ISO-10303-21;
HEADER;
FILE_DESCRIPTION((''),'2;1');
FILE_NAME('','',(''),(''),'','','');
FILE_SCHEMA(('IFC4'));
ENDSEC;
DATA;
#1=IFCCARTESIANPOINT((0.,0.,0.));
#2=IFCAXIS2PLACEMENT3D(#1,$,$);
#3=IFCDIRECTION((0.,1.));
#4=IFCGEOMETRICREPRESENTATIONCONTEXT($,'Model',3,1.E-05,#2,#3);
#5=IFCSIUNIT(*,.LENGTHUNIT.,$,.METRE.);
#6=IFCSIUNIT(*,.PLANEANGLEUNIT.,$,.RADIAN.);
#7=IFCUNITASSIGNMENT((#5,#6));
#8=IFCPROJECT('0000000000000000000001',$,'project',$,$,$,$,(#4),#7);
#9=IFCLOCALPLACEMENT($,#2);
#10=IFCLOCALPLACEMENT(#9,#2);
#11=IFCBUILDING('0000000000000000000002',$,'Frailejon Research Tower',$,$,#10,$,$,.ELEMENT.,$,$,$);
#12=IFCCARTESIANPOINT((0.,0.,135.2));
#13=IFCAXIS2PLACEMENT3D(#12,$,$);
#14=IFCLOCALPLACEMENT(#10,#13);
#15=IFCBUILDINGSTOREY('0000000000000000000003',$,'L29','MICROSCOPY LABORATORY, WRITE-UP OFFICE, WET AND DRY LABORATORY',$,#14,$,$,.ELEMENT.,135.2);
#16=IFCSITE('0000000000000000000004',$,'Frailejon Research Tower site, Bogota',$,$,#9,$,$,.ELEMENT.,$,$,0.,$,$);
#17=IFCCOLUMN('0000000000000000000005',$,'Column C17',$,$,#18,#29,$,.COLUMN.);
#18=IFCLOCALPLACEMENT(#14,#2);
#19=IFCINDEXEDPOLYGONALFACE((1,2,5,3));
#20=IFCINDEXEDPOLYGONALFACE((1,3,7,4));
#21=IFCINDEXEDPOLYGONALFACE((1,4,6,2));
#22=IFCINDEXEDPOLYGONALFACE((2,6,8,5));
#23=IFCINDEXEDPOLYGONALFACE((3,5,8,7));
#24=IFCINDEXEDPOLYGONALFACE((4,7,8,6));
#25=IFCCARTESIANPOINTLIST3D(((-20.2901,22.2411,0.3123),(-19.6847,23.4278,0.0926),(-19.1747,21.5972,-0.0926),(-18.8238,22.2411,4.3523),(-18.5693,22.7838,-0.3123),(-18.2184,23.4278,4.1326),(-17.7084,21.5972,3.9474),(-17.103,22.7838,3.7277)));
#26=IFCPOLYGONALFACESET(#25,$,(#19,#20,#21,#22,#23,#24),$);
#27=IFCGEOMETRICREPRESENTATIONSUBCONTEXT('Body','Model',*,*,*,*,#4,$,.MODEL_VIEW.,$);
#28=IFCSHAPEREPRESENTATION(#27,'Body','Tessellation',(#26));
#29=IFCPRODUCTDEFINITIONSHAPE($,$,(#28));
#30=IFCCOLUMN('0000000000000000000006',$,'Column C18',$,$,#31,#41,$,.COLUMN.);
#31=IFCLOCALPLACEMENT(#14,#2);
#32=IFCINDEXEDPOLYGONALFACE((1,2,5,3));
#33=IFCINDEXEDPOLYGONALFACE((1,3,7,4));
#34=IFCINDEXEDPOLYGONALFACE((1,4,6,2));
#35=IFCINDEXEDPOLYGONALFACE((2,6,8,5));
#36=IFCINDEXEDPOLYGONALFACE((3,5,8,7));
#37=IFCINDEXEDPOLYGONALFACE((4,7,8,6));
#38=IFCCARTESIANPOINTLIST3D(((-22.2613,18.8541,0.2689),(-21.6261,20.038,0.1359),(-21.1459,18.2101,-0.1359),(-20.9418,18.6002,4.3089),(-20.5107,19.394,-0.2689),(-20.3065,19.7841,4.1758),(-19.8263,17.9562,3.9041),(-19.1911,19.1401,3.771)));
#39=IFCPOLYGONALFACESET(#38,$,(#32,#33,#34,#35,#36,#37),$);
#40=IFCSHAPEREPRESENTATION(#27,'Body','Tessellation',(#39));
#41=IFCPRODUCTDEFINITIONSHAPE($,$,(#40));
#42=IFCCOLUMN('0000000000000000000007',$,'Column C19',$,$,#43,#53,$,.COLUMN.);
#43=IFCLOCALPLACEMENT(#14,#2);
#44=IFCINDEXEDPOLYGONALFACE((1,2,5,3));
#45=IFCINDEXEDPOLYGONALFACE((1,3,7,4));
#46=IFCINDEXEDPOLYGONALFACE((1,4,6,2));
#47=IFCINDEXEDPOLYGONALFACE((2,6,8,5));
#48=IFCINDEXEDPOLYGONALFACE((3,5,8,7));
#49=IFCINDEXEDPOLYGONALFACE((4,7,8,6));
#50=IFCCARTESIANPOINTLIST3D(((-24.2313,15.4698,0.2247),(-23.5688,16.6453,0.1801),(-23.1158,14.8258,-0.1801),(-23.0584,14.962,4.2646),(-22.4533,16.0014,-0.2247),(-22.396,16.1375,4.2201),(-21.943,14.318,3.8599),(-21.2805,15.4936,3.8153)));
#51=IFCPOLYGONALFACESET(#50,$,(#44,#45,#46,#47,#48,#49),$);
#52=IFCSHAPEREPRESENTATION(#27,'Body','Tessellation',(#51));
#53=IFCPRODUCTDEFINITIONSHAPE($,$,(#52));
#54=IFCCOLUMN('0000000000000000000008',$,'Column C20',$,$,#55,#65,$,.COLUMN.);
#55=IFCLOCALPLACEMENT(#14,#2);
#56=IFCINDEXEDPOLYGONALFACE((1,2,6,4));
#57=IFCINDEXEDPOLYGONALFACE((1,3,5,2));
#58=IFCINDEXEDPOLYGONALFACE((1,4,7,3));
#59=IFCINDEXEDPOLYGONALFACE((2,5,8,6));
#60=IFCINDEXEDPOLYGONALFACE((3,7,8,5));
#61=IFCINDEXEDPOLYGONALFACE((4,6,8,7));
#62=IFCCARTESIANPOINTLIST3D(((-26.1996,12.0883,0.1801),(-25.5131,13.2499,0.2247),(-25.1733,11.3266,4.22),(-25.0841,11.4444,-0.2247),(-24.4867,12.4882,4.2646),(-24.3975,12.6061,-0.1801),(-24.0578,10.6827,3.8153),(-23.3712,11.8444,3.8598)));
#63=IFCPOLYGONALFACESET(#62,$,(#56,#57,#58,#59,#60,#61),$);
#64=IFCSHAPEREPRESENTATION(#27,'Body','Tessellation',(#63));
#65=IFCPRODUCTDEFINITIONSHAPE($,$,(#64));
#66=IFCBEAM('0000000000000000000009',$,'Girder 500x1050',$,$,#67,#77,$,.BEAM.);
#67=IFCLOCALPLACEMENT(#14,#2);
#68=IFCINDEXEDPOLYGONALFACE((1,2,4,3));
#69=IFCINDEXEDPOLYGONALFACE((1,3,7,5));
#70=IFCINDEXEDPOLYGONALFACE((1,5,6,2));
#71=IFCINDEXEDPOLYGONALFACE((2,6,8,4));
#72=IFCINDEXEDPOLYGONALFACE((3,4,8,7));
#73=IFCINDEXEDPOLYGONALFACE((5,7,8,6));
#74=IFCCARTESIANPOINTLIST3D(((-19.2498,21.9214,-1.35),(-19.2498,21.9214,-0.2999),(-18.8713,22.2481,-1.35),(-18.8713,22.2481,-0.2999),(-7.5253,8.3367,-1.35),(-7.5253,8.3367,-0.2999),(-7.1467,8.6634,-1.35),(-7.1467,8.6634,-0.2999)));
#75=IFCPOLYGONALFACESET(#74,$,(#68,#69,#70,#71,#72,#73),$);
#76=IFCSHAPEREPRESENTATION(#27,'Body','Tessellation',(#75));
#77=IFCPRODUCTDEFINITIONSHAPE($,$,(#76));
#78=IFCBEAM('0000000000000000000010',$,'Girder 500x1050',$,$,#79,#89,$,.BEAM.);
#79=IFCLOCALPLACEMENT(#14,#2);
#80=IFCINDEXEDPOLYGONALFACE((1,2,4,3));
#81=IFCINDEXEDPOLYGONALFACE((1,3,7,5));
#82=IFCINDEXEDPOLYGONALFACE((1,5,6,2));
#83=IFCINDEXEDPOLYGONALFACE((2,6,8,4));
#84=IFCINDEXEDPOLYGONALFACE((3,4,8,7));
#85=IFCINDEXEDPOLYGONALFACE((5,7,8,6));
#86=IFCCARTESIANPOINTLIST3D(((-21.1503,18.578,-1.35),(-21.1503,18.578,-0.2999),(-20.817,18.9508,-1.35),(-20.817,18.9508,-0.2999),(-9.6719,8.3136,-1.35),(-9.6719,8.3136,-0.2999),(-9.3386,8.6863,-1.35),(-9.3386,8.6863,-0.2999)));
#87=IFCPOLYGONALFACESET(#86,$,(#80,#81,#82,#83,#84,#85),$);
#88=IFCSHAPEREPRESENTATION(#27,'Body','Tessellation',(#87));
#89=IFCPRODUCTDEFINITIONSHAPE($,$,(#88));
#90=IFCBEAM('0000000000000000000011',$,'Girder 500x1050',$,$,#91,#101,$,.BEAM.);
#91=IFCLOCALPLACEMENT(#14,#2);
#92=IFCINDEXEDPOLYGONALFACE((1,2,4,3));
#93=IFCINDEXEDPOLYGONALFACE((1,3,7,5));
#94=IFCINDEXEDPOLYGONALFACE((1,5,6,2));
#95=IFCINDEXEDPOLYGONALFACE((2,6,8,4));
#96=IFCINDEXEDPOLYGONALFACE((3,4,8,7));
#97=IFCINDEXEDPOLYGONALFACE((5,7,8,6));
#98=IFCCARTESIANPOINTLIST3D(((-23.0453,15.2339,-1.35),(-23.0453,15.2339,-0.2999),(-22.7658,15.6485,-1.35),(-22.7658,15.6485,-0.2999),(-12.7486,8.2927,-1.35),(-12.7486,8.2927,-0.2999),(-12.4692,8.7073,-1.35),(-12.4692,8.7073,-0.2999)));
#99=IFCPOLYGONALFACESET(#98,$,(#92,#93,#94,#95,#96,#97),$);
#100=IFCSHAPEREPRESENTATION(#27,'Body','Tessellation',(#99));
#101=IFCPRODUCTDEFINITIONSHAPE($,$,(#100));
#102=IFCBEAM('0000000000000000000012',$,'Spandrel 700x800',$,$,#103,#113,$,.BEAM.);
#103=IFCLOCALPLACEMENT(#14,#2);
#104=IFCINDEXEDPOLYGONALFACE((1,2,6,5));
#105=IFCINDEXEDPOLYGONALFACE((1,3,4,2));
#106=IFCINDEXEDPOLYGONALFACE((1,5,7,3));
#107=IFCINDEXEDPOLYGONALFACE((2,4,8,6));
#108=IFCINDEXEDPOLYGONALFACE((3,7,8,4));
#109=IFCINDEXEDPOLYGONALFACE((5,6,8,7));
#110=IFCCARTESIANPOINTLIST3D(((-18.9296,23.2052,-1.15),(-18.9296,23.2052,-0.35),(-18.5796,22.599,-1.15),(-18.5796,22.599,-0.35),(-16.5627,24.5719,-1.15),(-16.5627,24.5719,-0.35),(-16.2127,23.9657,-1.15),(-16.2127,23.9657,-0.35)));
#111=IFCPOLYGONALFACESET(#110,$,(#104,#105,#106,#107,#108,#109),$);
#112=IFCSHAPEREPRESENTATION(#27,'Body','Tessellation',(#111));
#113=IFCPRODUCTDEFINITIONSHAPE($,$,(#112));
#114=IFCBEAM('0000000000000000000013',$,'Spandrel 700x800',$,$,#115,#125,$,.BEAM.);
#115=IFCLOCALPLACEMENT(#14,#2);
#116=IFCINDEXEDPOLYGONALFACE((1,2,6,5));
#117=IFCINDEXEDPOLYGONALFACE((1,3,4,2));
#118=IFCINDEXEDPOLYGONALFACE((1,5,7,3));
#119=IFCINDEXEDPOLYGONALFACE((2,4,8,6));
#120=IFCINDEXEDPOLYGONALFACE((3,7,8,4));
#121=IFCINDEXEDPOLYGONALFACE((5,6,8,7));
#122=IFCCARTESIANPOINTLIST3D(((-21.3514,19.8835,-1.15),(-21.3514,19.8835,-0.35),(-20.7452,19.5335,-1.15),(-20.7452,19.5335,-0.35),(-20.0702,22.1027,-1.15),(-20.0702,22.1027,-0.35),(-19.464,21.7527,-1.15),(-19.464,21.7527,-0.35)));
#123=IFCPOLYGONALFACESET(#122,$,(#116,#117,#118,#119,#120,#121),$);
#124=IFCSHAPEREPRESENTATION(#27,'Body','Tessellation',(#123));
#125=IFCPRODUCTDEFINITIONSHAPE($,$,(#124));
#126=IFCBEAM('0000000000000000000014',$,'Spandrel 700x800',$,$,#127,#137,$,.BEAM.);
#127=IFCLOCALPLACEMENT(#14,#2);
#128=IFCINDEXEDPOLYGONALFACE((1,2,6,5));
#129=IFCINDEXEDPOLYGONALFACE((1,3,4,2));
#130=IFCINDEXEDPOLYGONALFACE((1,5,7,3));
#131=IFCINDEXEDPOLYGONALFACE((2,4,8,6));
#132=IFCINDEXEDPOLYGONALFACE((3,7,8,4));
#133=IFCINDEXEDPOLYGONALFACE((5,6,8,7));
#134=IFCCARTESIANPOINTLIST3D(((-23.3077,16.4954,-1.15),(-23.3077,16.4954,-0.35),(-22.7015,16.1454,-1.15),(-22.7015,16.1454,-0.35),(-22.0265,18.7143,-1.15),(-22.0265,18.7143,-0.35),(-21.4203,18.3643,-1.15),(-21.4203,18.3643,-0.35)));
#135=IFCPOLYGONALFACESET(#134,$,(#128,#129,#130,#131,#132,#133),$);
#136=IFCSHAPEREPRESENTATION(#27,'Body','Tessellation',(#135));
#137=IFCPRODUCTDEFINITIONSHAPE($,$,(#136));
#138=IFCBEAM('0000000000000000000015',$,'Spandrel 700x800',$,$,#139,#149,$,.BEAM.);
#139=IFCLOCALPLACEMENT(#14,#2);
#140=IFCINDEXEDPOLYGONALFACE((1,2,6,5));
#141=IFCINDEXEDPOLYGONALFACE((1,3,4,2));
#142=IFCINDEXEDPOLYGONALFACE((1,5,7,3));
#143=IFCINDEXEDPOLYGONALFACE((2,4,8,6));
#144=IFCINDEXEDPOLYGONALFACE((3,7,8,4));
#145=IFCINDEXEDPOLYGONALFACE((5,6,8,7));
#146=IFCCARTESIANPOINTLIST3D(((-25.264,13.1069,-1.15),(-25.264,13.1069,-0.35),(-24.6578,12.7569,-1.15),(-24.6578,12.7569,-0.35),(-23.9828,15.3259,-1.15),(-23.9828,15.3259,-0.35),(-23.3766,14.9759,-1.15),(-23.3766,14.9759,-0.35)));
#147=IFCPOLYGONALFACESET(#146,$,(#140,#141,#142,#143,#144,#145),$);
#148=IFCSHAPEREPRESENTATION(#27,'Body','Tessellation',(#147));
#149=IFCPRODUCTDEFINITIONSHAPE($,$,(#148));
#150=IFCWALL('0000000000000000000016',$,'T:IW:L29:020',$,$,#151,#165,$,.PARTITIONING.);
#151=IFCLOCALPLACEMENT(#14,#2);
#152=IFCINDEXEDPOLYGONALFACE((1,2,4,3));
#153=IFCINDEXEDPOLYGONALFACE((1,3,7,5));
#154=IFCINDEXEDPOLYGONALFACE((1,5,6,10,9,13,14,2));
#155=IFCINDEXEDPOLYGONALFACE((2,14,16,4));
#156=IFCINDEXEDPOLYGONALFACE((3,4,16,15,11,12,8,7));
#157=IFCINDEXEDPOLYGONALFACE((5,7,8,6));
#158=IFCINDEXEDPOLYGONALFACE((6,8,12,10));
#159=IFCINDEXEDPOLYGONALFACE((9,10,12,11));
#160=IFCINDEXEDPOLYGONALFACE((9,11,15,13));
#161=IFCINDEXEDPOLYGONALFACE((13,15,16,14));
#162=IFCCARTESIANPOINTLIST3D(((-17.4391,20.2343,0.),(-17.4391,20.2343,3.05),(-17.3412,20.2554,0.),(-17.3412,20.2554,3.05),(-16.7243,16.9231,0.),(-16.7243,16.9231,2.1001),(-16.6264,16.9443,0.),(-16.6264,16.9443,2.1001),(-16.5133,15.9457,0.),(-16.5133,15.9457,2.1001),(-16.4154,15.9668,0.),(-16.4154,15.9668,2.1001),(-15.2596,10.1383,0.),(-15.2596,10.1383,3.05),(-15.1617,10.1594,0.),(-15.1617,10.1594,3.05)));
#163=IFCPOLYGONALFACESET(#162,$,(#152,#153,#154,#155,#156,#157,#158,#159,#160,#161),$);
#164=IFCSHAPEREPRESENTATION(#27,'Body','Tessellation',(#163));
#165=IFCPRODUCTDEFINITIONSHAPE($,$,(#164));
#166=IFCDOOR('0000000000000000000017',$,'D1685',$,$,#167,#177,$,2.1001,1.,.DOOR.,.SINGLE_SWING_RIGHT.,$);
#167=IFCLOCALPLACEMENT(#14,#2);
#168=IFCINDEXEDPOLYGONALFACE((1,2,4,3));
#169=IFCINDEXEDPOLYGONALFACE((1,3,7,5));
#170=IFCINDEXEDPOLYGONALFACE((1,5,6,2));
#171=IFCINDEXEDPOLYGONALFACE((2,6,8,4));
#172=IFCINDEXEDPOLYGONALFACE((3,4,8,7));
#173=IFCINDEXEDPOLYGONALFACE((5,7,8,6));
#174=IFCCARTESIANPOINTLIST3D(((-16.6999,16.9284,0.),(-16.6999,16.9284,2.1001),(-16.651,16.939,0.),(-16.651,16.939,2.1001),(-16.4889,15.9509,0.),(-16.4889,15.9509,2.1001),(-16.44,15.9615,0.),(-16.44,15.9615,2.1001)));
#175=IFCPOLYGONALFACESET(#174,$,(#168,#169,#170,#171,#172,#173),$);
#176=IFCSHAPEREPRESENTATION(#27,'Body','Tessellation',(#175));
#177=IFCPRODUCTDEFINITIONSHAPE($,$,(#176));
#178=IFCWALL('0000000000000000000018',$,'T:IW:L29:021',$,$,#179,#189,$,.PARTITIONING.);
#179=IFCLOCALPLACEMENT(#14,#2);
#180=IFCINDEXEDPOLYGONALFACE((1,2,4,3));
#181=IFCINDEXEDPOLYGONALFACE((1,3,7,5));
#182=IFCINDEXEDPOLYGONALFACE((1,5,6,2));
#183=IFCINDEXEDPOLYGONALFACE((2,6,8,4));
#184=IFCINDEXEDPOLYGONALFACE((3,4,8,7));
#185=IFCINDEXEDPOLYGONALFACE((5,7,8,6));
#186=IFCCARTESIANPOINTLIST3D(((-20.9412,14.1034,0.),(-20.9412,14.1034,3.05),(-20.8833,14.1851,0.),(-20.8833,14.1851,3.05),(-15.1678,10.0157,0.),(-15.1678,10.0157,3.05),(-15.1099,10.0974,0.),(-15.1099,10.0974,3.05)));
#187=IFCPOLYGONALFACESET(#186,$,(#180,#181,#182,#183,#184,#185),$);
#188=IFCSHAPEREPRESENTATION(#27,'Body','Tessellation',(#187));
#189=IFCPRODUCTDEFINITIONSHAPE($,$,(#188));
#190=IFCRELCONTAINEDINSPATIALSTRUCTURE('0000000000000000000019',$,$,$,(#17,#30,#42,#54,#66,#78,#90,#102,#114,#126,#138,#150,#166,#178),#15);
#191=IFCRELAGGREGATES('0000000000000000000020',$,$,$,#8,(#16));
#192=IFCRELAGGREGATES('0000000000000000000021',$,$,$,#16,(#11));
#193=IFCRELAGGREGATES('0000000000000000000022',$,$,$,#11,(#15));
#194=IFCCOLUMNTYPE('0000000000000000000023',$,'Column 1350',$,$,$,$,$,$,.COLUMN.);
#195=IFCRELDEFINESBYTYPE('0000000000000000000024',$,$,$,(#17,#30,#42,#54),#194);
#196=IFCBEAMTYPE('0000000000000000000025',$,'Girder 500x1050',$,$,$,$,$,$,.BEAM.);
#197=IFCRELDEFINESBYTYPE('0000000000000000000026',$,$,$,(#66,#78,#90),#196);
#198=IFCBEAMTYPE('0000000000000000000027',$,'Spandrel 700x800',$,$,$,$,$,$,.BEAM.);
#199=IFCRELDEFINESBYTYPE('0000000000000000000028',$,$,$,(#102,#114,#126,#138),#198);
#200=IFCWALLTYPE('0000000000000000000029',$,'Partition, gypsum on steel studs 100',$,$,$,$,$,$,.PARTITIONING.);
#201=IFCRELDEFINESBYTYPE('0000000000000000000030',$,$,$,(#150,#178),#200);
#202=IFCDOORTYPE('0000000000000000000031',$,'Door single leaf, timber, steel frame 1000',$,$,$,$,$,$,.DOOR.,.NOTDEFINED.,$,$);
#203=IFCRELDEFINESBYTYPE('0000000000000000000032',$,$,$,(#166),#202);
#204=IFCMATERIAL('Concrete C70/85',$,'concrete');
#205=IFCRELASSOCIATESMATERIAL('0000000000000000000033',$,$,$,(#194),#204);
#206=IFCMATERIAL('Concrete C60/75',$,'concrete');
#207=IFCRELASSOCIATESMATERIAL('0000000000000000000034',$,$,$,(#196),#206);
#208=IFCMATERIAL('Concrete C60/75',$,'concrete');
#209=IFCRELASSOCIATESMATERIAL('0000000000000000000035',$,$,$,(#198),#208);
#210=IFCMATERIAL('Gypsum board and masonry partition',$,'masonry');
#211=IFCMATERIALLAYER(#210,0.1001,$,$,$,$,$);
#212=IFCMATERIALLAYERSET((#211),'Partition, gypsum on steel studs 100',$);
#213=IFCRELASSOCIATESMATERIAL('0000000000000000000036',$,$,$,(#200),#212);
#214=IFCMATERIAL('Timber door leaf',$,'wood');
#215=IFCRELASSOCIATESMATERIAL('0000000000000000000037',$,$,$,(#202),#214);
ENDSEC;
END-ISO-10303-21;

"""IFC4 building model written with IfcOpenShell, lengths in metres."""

from ifc_helpers import new_model, si_unit, direction, frame, frame_2d, origin, origin_2d, place, context, subcontext, project, spatial, rectangle, extrude, material, layer, layer_set, material_profile, profile_set, type_object, element, fill, save


model = new_model("IFC4")

# Units and contexts
model_context = context("Model", 3, precision=1e-05, world=origin(), true_north=direction((0.0, 1.0)))
body_context = subcontext(model_context, "Body", "Model", "MODEL_VIEW")
ifc_project = project(units=[si_unit("LENGTHUNIT", "METRE"), si_unit("PLANEANGLEUNIT", "RADIAN")], contexts=[model_context])

# Site, building, storey
site_placement = place(None, origin())
site = spatial("IfcSite", under=ifc_project, at=site_placement, Name="Frailejon Research Tower site, Bogota", CompositionType="ELEMENT", RefElevation=0.0)
building_placement = place(site_placement, origin())
building = spatial("IfcBuilding", under=site, at=building_placement, Name="Frailejon Research Tower", CompositionType="ELEMENT")
storey_placement = place(building_placement, frame((0.0, 0.0, 135.2)))
storey = spatial("IfcBuildingStorey", under=building, at=storey_placement, Name="L29", Description="MICROSCOPY LABORATORY, WRITE-UP OFFICE, WET AND DRY LABORATORY", CompositionType="ELEMENT", Elevation=135.2)

# Columns
ifc_material_1 = material(Name="Concrete C70/85", Category="concrete")
ifc_material_profile_1 = material_profile(ifc_material_1, rectangle(XDim=1.3501, YDim=1.3501, at=origin_2d()), Name="Column 1350")
ifc_profile_set_1 = profile_set([ifc_material_profile_1], Name="Concrete C70/85")
column_type = type_object("IfcColumnType", Name="Column 1350", PredefinedType="COLUMN", material=ifc_profile_set_1)
column_1_placement = place(storey_placement, frame((-19.4297, 22.5125, 0.0), z_axis=(0.341168, 0.0, 0.940002), x_axis=(-0.44838, -0.878904, 0.162737)))
element("IfcColumn", 1, at=column_1_placement, inside=storey, type_object=column_type, Name="Column C17", PredefinedType="COLUMN", context=body_context, shape_type="SweptSolid", body=[
    extrude(rectangle(XDim=1.3501, YDim=1.3501, at=origin_2d()), origin(), (0.0, 0.0, 1.0), 4.2979),
])
column_2_placement = place(storey_placement, frame((-21.386, 19.124, 0.0), z_axis=(0.309931, -0.059635, 0.948887), x_axis=(-0.470499, -0.876878, 0.098567)))
element("IfcColumn", 2, at=column_2_placement, inside=storey, type_object=column_type, Name="Column C18", PredefinedType="COLUMN", context=body_context, shape_type="SweptSolid", body=[
    extrude(rectangle(XDim=1.3501, YDim=1.3501, at=origin_2d()), origin(), (0.0, 0.0, 1.0), 4.2576),
])
for number, where, z_axis, x_axis, name in (
    (3, (-23.3423, 15.7356, 0.0), (0.276787, -0.119841, 0.953429), (-0.490682, -0.870713, 0.033004), "Column C19"),
    (4, (-25.2986, 12.3472, 0.0), (0.242216, -0.179761, 0.953424), (-0.508553, -0.860397, -0.033024), "Column C20"),
):
    element("IfcColumn", number, at=place(storey_placement, frame(where, z_axis=z_axis, x_axis=x_axis)), inside=storey, type_object=column_type, Name=name, PredefinedType="COLUMN", context=body_context, shape_type="SweptSolid", body=[
        extrude(rectangle(XDim=1.3501, YDim=1.3501, at=origin_2d()), origin(), (0.0, 0.0, 1.0), 4.2373),
    ])

# Beams
ifc_material_2 = material(Name="Concrete C60/75", Category="concrete")
ifc_material_profile_2 = material_profile(ifc_material_2, rectangle(XDim=0.5, YDim=1.05, at=origin_2d()), Name="Girder 500x1050")
ifc_profile_set_2 = profile_set([ifc_material_profile_2], Name="Concrete C60/75")
beam_type_1 = type_object("IfcBeamType", Name="Girder 500x1050", PredefinedType="BEAM", material=ifc_profile_set_2)
beam_1_placement = place(storey_placement, frame((-19.0605, 22.0847, -0.825), z_axis=(0.653376, -0.757034, 0.0), x_axis=(0.757034, 0.653376, 0.0)))
element("IfcBeam", 5, at=beam_1_placement, inside=storey, type_object=beam_type_1, Name="Girder 500x1050", PredefinedType="BEAM", context=body_context, shape_type="SweptSolid", body=[
    extrude(rectangle(XDim=0.5, YDim=1.05, at=origin_2d()), origin(), (0.0, 0.0, 1.0), 17.9446),
])
beam_2_placement = place(storey_placement, frame((-20.9836, 18.7644, -0.825), z_axis=(0.745423, -0.666592, 0.0), x_axis=(0.666592, 0.745423, 0.0)))
element("IfcBeam", 6, at=beam_2_placement, inside=storey, type_object=beam_type_1, Name="Girder 500x1050", PredefinedType="BEAM", context=body_context, shape_type="SweptSolid", body=[
    extrude(rectangle(XDim=0.5, YDim=1.05, at=origin_2d()), origin(), (0.0, 0.0, 1.0), 15.3984),
])
beam_3_placement = place(storey_placement, frame((-22.9055, 15.4412, -0.825), z_axis=(0.829187, -0.558971, 0.0), x_axis=(0.558971, 0.829187, 0.0)))
element("IfcBeam", 7, at=beam_3_placement, inside=storey, type_object=beam_type_1, Name="Girder 500x1050", PredefinedType="BEAM", context=body_context, shape_type="SweptSolid", body=[
    extrude(rectangle(XDim=0.5, YDim=1.05, at=origin_2d()), origin(), (0.0, 0.0, 1.0), 12.4177),
])
ifc_material_3 = material(Name="Concrete C60/75", Category="concrete")
ifc_material_profile_3 = material_profile(ifc_material_3, rectangle(XDim=0.7, YDim=0.8, at=origin_2d()), Name="Spandrel 700x800")
ifc_profile_set_3 = profile_set([ifc_material_profile_3], Name="Concrete C60/75")
beam_type_2 = type_object("IfcBeamType", Name="Spandrel 700x800", PredefinedType="BEAM", material=ifc_profile_set_3)
beam_4_placement = place(storey_placement, frame((-16.3877, 24.2688, -0.75), z_axis=(-0.866003, -0.500039, 0.0), x_axis=(0.500039, -0.866003, 0.0)))
element("IfcBeam", 8, at=beam_4_placement, inside=storey, type_object=beam_type_2, Name="Spandrel 700x800", PredefinedType="BEAM", context=body_context, shape_type="SweptSolid", body=[
    extrude(rectangle(XDim=0.7, YDim=0.8, at=origin_2d()), origin(), (0.0, 0.0, 1.0), 2.7332),
])
beam_5_placement = place(storey_placement, frame((-19.7671, 21.9277, -0.75), z_axis=(-0.499992, -0.86603, 0.0), x_axis=(0.86603, -0.499992, 0.0)))
element("IfcBeam", 9, at=beam_5_placement, inside=storey, type_object=beam_type_2, Name="Spandrel 700x800", PredefinedType="BEAM", context=body_context, shape_type="SweptSolid", body=[
    extrude(rectangle(XDim=0.7, YDim=0.8, at=origin_2d()), origin(), (0.0, 0.0, 1.0), 2.5625),
])
for number, where, z_axis, x_axis, name in (
    (10, (-21.7234, 18.5393, -0.75), (-0.500033, -0.866006, 0.0), (0.866006, -0.500033, 0.0), "Spandrel 700x800"),
    (11, (-23.6797, 15.1509, -0.75), (-0.500033, -0.866006, 0.0), (0.866006, -0.500033, 0.0), "Spandrel 700x800"),
):
    element("IfcBeam", number, at=place(storey_placement, frame(where, z_axis=z_axis, x_axis=x_axis)), inside=storey, type_object=beam_type_2, Name=name, PredefinedType="BEAM", context=body_context, shape_type="SweptSolid", body=[
        extrude(rectangle(XDim=0.7, YDim=0.8, at=origin_2d()), origin(), (0.0, 0.0, 1.0), 2.5623),
    ])

# Wall, opening, door
ifc_material_4 = material(Name="Gypsum board and masonry partition", Category="masonry")
ifc_layer_1 = layer(ifc_material_4, 0.1001)
ifc_layer_set_1 = layer_set([ifc_layer_1], Name="Partition, gypsum on steel studs 100")
wall_type_1 = type_object("IfcWallType", Name="Partition, gypsum on steel studs 100", PredefinedType="PARTITIONING", material=ifc_layer_set_1)
wall_1_placement = place(storey_placement, frame((-17.3901, 20.2449, 0.0), z_axis=(0.0, 0.0, 1.0), x_axis=(0.211012, -0.977483, 0.0)))
wall_1 = element("IfcWall", 12, at=wall_1_placement, inside=storey, type_object=wall_type_1, Name="T:IW:L29:020", PredefinedType="PARTITIONING", context=body_context, shape_type="SweptSolid", body=[
    extrude(rectangle(XDim=10.3286, YDim=0.1001, at=frame_2d((5.1643, 0.0))), origin(), (0.0, 0.0, 1.0), 3.05),
])
opening_1_placement = place(wall_1_placement, frame((3.3875, 0.0, 0.0)))
opening_1 = element("IfcOpeningElement", 13, at=opening_1_placement, cuts=wall_1, PredefinedType="OPENING", context=body_context, shape_type="SweptSolid", body=[
    extrude(rectangle(XDim=1.0, YDim=2.1001, at=frame_2d((0.5, 1.05))), frame((0.0, 0.0601, 0.0), z_axis=(0.0, -1.0, 0.0), x_axis=(1.0, 0.0, 0.0)), (0.0, 0.0, 1.0), 0.1201),
])
ifc_material_5 = material(Name="Timber door leaf", Category="wood")
door_type_1 = type_object("IfcDoorType", Name="Door single leaf, timber, steel frame 1000", OperationType="NOTDEFINED", PredefinedType="DOOR", material=ifc_material_5)
door_1_placement = place(opening_1_placement, origin())
door_1 = element("IfcDoor", 14, at=door_1_placement, inside=storey, type_object=door_type_1, Name="D1685", OperationType="SINGLE_SWING_RIGHT", OverallHeight=2.1001, OverallWidth=1.0, PredefinedType="DOOR", context=body_context, shape_type="SweptSolid", body=[
    extrude(rectangle(XDim=1.0, YDim=2.1001, at=frame_2d((0.5, 1.05))), frame((0.0, 0.0249, 0.0), z_axis=(0.0, -1.0, 0.0), x_axis=(1.0, 0.0, 0.0)), (0.0, 0.0, 1.0), 0.05),
])
fill(opening_1, door_1)

# Wall
wall_2_placement = place(storey_placement, frame((-20.9124, 14.1443, 0.0), z_axis=(0.0, 0.0, 1.0), x_axis=(0.816149, -0.577841, 0.0)))
element("IfcWall", 15, at=wall_2_placement, inside=storey, type_object=wall_type_1, Name="T:IW:L29:021", PredefinedType="PARTITIONING", context=body_context, shape_type="SweptSolid", body=[
    extrude(rectangle(XDim=7.074, YDim=0.1001, at=frame_2d((3.5371, 0.0))), origin(), (0.0, 0.0, 1.0), 3.05),
])

save(model, "model.ifc")
